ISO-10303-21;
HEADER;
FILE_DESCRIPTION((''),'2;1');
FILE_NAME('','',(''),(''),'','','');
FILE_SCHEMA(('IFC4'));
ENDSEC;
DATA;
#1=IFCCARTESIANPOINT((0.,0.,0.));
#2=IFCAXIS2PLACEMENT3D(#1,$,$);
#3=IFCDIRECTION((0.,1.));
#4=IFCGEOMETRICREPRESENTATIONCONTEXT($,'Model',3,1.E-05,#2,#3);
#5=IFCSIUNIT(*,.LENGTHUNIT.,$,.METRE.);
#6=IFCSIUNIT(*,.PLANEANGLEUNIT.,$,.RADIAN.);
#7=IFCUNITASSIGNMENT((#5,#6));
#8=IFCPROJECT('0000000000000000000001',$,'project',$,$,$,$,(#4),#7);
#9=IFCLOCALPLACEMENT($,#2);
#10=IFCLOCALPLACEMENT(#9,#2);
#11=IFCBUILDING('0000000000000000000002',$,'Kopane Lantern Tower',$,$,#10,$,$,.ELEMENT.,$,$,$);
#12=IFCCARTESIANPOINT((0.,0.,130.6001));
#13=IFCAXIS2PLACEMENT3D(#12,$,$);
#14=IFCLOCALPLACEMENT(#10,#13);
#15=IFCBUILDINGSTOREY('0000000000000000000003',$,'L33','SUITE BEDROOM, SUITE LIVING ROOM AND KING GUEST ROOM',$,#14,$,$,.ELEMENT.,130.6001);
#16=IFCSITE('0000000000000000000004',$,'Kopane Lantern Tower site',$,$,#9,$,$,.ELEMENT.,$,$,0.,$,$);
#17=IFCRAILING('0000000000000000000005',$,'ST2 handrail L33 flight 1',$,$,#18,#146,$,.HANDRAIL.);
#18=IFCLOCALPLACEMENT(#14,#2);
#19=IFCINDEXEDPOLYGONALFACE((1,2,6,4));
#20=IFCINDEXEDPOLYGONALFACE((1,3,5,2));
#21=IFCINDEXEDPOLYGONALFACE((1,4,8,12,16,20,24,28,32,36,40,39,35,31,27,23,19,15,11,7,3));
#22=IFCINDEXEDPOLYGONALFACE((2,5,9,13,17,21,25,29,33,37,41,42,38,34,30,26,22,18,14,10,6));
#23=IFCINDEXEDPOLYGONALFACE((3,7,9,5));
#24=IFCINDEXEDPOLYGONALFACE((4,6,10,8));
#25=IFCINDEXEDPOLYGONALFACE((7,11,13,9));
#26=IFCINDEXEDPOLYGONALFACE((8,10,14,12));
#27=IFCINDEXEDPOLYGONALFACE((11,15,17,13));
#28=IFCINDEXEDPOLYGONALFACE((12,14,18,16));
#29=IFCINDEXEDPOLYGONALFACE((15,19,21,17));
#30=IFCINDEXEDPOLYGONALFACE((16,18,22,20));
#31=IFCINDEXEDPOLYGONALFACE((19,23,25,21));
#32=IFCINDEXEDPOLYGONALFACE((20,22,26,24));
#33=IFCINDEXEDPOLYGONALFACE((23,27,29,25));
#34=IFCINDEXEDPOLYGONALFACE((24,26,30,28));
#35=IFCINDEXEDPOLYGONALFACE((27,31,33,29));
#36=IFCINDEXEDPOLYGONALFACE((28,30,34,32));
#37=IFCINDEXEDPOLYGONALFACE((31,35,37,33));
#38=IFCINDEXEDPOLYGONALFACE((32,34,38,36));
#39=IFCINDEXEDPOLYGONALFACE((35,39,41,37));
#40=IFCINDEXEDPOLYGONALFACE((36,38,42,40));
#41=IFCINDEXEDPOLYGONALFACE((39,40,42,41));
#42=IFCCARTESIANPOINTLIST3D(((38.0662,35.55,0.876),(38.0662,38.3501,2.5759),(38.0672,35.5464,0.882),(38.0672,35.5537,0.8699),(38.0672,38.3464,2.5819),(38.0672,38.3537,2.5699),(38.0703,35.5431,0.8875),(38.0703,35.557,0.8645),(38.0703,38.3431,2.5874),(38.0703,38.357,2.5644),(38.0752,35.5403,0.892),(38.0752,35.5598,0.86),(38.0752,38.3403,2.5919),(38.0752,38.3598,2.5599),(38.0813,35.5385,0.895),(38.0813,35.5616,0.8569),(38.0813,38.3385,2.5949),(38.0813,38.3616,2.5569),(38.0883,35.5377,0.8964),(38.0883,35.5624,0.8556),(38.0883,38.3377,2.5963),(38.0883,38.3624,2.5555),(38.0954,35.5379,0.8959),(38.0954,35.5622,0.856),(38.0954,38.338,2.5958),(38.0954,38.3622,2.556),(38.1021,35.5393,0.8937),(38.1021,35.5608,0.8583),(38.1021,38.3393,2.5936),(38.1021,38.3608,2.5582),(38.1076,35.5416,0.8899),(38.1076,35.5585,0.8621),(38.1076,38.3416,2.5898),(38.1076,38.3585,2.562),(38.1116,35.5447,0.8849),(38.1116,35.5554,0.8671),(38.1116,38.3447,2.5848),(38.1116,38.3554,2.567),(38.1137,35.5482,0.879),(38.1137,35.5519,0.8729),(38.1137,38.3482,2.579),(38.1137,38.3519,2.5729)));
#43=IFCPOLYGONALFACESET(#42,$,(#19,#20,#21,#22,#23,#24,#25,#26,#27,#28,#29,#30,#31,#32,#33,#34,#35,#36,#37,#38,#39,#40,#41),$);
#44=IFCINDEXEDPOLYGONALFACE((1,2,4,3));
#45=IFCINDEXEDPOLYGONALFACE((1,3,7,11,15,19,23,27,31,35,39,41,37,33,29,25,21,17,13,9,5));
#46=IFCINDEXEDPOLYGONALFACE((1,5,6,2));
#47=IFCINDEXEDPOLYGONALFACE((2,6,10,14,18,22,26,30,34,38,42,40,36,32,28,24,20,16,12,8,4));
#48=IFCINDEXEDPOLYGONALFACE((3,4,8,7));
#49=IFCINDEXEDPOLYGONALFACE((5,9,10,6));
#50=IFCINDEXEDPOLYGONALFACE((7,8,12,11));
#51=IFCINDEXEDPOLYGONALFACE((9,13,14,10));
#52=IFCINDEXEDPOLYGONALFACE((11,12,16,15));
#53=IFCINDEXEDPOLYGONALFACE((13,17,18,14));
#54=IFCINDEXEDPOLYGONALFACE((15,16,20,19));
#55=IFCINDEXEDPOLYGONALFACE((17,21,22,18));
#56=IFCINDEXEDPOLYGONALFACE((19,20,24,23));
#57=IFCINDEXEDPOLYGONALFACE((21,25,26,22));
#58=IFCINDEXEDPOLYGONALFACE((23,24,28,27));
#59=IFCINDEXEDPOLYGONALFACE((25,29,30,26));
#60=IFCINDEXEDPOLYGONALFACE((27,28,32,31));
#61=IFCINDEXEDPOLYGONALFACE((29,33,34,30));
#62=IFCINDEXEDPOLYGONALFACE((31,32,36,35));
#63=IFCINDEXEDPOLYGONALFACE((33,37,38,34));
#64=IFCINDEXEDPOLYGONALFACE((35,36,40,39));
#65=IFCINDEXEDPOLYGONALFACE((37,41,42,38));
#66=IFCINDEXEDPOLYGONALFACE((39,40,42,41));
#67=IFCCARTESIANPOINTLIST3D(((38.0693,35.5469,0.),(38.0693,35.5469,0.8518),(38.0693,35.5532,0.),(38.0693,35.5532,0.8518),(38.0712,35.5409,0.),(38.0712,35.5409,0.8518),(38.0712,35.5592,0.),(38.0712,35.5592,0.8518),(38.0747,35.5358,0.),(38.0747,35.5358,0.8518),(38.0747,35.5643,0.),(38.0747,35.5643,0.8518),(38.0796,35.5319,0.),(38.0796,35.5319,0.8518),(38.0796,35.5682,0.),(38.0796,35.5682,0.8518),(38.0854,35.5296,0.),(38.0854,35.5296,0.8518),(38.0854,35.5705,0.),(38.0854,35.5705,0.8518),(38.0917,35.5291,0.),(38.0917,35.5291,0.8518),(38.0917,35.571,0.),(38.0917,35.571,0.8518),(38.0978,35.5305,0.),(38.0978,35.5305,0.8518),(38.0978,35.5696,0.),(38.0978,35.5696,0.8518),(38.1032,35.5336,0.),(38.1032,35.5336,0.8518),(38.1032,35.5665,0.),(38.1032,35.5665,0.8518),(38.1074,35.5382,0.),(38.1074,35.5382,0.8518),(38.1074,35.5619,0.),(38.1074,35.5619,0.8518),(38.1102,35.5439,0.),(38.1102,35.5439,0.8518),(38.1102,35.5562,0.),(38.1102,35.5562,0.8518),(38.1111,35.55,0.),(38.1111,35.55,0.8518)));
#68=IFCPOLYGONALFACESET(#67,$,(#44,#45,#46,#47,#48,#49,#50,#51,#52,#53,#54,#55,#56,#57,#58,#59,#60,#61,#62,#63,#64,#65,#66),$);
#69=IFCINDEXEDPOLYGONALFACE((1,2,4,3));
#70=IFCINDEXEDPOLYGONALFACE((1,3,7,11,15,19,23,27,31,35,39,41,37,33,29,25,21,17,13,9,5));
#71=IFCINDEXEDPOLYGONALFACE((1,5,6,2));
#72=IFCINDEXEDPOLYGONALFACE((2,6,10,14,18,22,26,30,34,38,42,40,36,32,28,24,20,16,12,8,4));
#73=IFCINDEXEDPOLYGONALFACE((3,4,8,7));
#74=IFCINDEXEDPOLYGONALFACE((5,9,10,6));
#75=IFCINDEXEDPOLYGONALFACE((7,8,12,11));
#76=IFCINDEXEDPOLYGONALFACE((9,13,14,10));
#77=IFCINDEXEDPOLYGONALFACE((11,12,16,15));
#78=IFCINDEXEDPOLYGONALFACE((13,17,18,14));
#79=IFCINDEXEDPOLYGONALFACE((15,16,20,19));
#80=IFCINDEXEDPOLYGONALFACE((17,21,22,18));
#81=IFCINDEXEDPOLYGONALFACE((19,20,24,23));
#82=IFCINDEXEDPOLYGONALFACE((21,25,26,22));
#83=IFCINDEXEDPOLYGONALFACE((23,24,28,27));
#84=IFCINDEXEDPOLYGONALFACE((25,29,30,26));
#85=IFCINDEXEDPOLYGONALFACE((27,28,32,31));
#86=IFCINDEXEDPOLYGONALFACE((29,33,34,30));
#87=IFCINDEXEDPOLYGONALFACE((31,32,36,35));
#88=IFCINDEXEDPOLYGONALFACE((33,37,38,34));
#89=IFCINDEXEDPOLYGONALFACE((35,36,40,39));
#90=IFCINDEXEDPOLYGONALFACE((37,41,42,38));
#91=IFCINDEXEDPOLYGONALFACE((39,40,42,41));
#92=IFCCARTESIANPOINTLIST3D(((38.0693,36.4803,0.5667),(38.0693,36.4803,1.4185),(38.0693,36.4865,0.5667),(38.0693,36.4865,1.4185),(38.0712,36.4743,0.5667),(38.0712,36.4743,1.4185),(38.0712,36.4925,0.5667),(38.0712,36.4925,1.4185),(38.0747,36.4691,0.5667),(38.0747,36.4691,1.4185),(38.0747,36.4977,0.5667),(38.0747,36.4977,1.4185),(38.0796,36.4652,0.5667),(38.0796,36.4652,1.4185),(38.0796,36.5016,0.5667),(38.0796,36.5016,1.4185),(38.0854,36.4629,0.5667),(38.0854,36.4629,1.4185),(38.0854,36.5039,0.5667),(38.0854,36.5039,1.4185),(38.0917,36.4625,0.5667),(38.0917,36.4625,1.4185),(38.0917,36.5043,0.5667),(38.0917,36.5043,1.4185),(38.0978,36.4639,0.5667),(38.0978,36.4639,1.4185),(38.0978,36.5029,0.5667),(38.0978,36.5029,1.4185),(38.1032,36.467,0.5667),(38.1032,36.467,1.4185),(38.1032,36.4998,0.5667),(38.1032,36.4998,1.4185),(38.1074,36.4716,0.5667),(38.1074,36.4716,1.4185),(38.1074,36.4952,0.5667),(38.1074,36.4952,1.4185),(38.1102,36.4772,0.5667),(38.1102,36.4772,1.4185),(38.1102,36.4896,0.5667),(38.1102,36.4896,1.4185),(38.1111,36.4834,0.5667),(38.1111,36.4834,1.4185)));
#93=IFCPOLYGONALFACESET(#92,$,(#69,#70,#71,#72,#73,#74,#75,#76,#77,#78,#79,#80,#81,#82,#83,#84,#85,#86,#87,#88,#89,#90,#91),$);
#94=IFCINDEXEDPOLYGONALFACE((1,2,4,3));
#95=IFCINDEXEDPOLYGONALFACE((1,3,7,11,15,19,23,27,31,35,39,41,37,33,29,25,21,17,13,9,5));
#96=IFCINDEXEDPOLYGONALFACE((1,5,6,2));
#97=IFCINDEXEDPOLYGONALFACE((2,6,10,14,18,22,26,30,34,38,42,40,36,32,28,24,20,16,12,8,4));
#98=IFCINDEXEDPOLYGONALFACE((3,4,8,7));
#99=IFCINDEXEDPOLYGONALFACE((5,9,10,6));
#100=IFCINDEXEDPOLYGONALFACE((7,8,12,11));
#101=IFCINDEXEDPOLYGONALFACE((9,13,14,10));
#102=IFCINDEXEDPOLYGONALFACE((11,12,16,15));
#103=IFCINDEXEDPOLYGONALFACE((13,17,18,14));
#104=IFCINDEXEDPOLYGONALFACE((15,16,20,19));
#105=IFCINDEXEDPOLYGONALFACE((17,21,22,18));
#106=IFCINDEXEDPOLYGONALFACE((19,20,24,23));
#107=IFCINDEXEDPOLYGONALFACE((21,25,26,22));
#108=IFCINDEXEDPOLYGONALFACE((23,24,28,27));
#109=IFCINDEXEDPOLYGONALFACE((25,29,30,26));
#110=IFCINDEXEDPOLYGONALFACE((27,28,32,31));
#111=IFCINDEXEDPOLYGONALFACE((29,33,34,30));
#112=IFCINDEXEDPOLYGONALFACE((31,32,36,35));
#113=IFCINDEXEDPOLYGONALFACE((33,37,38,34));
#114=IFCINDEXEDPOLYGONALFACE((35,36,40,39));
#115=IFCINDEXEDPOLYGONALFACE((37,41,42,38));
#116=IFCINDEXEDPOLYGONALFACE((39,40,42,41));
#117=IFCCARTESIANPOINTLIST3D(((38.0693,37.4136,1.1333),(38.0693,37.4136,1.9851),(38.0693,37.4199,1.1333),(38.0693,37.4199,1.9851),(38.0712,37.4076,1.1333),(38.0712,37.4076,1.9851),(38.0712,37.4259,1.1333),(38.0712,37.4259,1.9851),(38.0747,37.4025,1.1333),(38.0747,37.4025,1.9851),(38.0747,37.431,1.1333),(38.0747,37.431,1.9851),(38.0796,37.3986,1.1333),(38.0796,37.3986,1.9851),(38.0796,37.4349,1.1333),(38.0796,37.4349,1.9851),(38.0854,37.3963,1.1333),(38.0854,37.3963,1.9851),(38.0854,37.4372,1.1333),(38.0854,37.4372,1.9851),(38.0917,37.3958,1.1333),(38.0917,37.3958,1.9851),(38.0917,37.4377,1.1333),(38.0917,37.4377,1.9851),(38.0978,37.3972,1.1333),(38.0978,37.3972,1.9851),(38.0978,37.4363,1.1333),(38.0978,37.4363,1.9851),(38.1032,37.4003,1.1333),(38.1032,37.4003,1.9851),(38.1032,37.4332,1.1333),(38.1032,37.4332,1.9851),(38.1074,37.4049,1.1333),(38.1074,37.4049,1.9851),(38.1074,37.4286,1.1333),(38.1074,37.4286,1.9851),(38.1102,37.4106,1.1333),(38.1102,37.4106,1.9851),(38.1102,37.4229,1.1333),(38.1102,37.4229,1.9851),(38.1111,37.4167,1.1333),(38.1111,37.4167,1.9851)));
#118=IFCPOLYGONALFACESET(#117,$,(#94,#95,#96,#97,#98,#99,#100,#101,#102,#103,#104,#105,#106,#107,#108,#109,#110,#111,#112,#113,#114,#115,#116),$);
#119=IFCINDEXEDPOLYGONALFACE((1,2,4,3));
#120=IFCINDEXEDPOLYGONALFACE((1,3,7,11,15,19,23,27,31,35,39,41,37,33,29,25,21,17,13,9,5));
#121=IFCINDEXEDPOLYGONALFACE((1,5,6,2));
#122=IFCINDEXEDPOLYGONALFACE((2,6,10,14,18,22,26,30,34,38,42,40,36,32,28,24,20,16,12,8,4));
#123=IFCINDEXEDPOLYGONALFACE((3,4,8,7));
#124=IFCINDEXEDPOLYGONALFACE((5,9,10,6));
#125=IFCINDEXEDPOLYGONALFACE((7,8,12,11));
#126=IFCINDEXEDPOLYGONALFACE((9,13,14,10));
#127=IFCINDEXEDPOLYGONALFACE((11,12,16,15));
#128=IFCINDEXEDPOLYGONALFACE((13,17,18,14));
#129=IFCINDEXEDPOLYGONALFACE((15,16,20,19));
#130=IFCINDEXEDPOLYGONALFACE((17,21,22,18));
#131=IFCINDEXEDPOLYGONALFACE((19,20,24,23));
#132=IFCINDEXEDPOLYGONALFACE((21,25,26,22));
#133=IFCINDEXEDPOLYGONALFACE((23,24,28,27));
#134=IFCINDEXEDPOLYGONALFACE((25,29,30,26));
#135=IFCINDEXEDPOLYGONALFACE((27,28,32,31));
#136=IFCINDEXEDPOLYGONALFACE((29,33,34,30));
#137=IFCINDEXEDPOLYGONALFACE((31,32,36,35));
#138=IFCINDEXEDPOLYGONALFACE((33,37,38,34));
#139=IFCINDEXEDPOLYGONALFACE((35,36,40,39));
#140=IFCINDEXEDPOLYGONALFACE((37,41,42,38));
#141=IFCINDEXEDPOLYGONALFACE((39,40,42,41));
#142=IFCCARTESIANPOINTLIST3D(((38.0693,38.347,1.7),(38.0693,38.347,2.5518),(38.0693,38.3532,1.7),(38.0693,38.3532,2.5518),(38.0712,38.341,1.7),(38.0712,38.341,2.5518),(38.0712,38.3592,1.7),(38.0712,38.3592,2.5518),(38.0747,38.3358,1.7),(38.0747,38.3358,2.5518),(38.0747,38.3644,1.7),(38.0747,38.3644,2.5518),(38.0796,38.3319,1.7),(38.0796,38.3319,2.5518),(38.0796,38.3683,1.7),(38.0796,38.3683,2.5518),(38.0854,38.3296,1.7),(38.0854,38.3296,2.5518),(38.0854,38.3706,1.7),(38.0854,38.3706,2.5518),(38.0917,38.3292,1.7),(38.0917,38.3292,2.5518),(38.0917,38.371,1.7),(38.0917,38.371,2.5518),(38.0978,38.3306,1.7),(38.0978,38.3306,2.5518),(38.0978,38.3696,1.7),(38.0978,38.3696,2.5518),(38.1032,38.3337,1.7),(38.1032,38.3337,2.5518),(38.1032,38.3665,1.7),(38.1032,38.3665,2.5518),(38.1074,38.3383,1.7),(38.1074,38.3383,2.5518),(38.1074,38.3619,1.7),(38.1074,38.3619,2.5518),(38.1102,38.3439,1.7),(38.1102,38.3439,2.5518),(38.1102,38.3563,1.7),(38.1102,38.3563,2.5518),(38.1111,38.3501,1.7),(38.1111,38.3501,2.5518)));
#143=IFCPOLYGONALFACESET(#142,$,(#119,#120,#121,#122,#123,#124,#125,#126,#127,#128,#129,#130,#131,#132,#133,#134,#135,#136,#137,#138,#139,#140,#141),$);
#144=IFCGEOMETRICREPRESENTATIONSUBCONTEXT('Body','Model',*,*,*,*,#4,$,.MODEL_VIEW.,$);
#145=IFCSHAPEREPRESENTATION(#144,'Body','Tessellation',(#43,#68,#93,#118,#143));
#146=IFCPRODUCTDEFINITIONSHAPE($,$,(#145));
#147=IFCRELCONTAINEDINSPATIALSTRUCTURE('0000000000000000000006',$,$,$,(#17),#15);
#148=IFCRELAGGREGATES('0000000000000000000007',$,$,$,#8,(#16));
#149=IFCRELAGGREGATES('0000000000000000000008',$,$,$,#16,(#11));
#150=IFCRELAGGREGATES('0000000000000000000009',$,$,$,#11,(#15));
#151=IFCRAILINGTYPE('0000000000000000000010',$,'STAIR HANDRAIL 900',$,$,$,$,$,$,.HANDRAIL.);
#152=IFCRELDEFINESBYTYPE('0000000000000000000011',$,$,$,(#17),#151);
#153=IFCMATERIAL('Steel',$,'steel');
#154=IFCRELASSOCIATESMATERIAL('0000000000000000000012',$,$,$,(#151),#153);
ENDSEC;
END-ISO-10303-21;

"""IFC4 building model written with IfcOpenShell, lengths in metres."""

from ifc_helpers import new_model, si_unit, direction, frame, origin, origin_2d, place, context, subcontext, project, spatial, circle, extrude, material, type_object, element, save


model = new_model("IFC4")

# Units and contexts
model_context = context("Model", 3, precision=1e-05, world=origin(), true_north=direction((0.0, 1.0)))
body_context = subcontext(model_context, "Body", "Model", "MODEL_VIEW")
ifc_project = project(units=[si_unit("LENGTHUNIT", "METRE"), si_unit("PLANEANGLEUNIT", "RADIAN")], contexts=[model_context])

# Site, building, storey
site_placement = place(None, origin())
site = spatial("IfcSite", under=ifc_project, at=site_placement, Name="Kopane Lantern Tower site", CompositionType="ELEMENT", RefElevation=0.0)
building_placement = place(site_placement, origin())
building = spatial("IfcBuilding", under=site, at=building_placement, Name="Kopane Lantern Tower", CompositionType="ELEMENT")
storey_placement = place(building_placement, frame((0.0, 0.0, 130.6001)))
storey = spatial("IfcBuildingStorey", under=building, at=storey_placement, Name="L33", Description="SUITE BEDROOM, SUITE LIVING ROOM AND KING GUEST ROOM", CompositionType="ELEMENT", Elevation=130.6001)

# Railing
ifc_material_1 = material(Name="Steel", Category="steel")
railing_type_1 = type_object("IfcRailingType", Name="STAIR HANDRAIL 900", PredefinedType="HANDRAIL", material=ifc_material_1)
for number, where, name in (
    (1, (38.0901, 35.55, 0.0), "ST2 handrail L33 flight 1"),
):
    element("IfcRailing", number, at=place(storey_placement, frame(where)), inside=storey, type_object=railing_type_1, Name=name, PredefinedType="HANDRAIL", context=body_context, shape_type="SweptSolid", body=[
        extrude(circle(Radius=0.0239, at=origin_2d()), frame((0.0, 0.0, 0.876), z_axis=(0.0, 0.854798, 0.518961), x_axis=(-1.0, 0.0, 0.0)), (0.0, 0.0, 1.0), 3.2756),
        extrude(circle(Radius=0.021, at=origin_2d()), origin(), (0.0, 0.0, 1.0), 0.8518),
        extrude(circle(Radius=0.021, at=origin_2d()), frame((0.0, 0.9333, 0.5667)), (0.0, 0.0, 1.0), 0.8518),
        extrude(circle(Radius=0.021, at=origin_2d()), frame((0.0, 1.8667, 1.1333)), (0.0, 0.0, 1.0), 0.8518),
        extrude(circle(Radius=0.021, at=origin_2d()), frame((0.0, 2.8, 1.7)), (0.0, 0.0, 1.0), 0.8518),
    ])

save(model, "model.ifc")
